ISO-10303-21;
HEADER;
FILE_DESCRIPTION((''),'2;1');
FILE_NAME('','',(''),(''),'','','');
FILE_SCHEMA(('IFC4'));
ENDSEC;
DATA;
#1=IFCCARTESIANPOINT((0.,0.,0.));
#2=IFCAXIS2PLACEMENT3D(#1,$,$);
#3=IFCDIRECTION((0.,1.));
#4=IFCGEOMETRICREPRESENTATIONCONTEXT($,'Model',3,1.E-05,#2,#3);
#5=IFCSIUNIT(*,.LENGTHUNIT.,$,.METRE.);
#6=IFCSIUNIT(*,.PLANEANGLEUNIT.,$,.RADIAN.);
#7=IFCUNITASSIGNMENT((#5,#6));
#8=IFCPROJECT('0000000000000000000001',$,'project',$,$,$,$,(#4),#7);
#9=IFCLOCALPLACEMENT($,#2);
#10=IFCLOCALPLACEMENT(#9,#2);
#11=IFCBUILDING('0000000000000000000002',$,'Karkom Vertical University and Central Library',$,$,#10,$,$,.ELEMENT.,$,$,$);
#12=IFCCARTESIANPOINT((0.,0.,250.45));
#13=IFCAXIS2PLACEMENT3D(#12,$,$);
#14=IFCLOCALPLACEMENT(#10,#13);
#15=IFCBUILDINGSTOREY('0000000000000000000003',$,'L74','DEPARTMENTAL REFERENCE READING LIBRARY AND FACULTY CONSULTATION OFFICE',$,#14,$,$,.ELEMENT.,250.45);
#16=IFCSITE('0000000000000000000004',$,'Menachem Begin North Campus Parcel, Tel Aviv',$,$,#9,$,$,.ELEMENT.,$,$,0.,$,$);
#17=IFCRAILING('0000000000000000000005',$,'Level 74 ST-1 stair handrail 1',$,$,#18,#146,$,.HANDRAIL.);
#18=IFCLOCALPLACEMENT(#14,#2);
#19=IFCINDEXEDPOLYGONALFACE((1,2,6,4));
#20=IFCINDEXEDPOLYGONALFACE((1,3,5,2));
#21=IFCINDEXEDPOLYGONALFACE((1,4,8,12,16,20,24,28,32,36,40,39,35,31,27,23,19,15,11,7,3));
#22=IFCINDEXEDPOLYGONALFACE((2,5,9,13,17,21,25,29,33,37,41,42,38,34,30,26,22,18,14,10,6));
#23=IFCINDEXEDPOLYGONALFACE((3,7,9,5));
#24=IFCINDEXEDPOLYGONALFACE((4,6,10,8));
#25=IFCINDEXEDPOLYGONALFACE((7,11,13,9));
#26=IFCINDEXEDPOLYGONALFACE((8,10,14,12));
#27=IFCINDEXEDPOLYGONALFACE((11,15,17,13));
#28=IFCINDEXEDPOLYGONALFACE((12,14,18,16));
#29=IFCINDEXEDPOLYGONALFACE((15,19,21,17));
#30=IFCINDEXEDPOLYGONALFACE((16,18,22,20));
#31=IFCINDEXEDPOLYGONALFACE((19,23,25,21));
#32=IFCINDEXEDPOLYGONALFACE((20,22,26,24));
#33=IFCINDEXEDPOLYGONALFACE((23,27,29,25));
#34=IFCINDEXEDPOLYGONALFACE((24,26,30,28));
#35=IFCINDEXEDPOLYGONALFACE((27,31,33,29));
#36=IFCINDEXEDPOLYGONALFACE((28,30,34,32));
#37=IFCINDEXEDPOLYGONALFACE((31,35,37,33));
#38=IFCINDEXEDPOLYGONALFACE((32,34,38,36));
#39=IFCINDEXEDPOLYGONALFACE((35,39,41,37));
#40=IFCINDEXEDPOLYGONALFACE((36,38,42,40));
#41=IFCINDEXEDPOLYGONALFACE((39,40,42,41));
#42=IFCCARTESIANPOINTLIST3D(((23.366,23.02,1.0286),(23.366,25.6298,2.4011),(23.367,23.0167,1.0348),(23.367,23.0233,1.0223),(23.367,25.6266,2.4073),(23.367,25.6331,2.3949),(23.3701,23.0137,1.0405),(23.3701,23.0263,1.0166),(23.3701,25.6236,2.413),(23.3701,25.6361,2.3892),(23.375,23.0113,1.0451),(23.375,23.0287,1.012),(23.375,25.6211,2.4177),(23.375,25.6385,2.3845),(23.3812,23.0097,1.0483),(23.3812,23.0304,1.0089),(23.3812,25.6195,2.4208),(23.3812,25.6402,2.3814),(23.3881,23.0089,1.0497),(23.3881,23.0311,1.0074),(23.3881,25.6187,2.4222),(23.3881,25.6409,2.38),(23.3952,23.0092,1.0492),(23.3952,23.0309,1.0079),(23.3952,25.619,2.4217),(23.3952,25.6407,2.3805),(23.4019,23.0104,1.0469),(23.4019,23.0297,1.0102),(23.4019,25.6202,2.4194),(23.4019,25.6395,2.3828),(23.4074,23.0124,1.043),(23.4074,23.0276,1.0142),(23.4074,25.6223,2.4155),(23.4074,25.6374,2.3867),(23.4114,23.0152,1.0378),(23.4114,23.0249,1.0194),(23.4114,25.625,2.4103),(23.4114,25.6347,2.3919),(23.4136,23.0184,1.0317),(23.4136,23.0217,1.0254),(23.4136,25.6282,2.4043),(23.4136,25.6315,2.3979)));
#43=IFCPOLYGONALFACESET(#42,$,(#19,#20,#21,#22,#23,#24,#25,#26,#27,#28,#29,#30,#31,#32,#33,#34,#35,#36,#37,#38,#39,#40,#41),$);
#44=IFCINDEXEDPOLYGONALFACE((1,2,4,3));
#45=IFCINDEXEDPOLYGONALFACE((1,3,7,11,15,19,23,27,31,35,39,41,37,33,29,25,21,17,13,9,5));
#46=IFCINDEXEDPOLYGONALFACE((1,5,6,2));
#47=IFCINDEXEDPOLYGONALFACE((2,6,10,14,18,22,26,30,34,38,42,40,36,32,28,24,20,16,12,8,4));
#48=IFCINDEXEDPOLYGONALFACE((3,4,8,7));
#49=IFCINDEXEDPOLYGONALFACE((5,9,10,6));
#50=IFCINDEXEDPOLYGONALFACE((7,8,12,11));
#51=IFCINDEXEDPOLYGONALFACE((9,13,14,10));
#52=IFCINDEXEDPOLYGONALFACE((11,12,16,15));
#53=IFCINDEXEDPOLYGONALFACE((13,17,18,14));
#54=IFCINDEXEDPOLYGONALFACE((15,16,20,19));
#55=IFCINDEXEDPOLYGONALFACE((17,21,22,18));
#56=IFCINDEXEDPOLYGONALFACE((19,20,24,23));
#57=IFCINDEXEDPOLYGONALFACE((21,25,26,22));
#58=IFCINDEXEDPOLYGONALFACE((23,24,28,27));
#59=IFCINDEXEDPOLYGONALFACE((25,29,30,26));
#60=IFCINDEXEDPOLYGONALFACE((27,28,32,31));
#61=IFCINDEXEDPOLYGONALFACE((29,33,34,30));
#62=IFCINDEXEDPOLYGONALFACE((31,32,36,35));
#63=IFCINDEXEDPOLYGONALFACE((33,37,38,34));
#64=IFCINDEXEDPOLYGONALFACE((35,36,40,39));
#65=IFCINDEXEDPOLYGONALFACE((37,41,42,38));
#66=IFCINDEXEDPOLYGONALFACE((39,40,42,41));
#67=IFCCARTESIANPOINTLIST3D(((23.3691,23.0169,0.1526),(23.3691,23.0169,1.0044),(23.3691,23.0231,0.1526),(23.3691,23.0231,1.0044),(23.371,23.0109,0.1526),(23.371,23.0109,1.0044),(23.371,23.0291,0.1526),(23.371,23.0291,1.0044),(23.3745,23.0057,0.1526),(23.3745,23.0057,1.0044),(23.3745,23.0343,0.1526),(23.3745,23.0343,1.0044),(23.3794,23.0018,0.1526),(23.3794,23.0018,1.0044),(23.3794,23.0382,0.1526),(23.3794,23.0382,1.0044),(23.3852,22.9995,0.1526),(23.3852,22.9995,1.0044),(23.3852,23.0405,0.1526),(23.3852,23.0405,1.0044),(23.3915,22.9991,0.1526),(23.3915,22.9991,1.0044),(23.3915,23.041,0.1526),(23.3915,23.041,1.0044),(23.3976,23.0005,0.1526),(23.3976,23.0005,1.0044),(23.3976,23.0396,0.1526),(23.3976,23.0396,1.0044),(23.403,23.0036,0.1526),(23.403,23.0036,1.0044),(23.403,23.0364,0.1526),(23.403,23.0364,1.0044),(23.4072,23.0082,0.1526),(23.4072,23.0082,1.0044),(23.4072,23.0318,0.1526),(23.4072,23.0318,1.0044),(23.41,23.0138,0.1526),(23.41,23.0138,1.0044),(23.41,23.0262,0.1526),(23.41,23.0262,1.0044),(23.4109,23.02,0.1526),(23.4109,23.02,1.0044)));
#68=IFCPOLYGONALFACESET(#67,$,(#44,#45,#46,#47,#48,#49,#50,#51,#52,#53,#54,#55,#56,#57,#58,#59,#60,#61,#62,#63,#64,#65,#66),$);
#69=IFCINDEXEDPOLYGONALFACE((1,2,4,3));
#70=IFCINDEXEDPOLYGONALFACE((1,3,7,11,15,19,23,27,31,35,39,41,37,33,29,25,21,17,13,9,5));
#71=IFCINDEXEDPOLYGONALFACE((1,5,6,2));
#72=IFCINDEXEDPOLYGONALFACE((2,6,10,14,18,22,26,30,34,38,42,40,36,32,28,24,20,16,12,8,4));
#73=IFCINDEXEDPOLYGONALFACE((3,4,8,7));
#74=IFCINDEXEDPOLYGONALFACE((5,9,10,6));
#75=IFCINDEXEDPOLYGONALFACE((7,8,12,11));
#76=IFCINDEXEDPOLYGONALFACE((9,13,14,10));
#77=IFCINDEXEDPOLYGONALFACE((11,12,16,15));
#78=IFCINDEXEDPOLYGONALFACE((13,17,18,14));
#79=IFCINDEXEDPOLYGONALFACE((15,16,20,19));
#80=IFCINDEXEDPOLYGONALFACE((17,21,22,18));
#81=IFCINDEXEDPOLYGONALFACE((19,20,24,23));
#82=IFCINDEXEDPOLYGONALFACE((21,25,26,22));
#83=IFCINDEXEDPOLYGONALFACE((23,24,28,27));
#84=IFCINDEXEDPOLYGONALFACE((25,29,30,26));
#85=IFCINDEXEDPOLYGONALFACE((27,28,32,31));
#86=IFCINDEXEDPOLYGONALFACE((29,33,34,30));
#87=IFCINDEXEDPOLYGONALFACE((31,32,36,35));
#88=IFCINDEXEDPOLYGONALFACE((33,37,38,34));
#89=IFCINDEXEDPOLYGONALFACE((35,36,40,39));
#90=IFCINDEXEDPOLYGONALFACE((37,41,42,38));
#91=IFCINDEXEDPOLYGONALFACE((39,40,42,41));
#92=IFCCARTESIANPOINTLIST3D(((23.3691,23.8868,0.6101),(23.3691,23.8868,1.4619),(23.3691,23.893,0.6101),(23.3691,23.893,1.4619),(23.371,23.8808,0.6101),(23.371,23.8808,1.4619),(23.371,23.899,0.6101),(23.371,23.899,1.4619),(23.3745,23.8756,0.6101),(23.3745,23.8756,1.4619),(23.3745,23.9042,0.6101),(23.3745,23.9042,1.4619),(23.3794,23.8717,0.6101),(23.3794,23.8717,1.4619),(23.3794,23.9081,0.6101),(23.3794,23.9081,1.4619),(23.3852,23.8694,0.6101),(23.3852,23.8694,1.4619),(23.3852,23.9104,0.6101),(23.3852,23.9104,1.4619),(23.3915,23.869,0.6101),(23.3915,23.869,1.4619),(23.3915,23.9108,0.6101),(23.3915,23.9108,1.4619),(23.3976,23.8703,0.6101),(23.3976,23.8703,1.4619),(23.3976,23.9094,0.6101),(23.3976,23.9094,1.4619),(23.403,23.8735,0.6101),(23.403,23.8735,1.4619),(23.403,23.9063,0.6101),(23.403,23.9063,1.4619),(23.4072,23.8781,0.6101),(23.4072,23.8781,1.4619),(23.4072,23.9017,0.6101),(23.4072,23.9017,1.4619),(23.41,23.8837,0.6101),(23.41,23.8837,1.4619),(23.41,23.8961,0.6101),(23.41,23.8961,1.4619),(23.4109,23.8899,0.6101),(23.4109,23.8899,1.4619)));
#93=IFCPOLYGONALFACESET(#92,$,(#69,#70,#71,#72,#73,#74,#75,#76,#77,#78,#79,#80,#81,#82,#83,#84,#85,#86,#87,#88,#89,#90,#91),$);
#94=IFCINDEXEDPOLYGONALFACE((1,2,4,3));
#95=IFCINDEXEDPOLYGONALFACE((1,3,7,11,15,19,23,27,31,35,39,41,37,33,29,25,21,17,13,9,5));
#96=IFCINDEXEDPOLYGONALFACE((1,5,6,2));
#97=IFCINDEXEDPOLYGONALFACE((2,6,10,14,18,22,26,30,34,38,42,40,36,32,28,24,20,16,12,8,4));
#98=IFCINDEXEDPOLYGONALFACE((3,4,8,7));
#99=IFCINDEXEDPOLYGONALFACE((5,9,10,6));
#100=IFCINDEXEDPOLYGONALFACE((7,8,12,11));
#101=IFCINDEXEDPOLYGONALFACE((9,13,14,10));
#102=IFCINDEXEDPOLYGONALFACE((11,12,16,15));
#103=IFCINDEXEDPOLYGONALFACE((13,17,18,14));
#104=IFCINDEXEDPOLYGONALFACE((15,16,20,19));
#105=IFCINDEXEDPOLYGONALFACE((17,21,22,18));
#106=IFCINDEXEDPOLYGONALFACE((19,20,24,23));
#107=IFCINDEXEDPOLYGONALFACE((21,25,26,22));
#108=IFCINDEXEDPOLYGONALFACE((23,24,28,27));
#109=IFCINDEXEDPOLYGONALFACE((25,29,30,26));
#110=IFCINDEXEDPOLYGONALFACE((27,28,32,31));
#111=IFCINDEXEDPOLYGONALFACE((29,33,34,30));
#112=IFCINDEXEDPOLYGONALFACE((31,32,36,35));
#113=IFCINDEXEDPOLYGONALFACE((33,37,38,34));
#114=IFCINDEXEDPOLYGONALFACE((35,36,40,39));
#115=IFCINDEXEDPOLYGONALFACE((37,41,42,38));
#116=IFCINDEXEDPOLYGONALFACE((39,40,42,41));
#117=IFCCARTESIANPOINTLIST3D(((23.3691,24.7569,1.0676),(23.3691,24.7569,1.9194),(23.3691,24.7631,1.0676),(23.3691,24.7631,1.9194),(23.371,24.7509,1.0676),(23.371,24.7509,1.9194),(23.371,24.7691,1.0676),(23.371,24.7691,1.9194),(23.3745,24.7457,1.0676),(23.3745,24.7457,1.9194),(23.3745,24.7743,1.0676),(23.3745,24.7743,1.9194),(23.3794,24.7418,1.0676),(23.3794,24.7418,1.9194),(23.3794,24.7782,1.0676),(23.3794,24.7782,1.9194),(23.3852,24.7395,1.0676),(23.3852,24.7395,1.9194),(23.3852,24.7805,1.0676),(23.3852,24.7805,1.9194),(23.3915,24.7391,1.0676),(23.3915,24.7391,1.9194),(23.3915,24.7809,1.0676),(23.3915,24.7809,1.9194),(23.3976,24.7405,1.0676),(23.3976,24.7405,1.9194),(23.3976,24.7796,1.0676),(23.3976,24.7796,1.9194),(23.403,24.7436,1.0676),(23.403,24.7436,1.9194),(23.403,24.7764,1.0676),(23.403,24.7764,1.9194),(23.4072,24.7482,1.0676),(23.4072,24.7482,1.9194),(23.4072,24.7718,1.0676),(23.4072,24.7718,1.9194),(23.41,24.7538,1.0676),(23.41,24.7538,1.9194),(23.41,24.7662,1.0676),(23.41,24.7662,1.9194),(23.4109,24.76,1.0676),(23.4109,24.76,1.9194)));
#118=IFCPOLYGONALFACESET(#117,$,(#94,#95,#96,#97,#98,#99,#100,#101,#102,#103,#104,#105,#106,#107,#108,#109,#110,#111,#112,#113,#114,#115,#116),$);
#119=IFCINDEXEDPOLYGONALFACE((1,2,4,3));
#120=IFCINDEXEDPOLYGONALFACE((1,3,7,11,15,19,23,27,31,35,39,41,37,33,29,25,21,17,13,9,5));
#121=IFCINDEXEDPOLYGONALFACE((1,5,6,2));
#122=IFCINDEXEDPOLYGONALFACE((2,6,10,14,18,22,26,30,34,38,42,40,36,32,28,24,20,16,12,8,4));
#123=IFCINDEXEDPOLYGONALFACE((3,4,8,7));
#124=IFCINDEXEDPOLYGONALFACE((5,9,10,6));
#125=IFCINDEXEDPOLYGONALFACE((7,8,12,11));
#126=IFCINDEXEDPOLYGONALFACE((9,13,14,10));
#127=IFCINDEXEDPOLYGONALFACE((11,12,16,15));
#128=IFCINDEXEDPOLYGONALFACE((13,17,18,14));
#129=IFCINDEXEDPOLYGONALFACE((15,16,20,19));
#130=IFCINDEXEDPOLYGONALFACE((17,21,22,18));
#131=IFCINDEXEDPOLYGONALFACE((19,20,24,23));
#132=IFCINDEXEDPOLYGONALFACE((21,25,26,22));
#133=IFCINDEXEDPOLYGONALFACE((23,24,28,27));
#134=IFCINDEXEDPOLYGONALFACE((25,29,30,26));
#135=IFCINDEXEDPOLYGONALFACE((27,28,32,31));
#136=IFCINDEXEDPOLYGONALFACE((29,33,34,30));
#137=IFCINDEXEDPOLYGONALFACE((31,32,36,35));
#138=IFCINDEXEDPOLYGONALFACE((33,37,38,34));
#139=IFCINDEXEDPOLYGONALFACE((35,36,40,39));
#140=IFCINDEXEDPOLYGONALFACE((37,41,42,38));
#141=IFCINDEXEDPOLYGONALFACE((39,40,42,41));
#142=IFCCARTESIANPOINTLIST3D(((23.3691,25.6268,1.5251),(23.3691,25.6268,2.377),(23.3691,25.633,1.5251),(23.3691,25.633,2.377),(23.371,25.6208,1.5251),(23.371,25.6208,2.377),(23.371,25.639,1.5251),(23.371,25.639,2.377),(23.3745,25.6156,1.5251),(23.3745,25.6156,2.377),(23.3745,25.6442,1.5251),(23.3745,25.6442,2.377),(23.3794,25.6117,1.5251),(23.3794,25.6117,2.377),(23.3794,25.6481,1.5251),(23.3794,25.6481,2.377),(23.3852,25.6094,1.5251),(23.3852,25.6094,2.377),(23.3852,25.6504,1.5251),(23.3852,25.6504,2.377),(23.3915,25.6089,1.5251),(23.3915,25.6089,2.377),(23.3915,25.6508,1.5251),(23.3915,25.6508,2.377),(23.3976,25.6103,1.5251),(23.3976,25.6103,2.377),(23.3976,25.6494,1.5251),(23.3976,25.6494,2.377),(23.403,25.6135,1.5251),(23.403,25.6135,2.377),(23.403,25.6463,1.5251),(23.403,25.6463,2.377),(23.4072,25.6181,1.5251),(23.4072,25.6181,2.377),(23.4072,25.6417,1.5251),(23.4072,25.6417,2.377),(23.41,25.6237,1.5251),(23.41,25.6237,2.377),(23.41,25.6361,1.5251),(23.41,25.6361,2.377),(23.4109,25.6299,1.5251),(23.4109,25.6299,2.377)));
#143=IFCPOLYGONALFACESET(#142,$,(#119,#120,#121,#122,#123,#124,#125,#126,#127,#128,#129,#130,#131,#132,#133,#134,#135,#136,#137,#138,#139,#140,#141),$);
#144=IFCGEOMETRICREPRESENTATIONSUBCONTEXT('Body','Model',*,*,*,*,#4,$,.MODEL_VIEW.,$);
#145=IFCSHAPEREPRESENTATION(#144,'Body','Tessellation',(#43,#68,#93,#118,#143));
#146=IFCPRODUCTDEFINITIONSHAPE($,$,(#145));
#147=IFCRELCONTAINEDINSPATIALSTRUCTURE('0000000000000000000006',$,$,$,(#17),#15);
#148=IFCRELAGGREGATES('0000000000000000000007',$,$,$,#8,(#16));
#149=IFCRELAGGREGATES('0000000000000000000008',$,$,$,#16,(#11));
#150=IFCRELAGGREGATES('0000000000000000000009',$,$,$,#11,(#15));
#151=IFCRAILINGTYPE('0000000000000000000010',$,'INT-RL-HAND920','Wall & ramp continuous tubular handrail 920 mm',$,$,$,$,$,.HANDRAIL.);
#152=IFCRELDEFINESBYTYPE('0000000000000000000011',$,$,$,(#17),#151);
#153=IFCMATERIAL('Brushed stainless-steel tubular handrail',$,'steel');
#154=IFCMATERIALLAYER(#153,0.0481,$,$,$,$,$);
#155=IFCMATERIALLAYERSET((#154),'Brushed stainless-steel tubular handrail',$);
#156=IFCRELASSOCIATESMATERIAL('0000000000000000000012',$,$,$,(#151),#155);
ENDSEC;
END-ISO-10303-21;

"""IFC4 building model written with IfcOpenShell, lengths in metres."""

from ifc_helpers import new_model, si_unit, direction, frame, origin, origin_2d, place, context, subcontext, project, spatial, circle, extrude, material, layer, layer_set, type_object, element, save


model = new_model("IFC4")

# Units and contexts
model_context = context("Model", 3, precision=1e-05, world=origin(), true_north=direction((0.0, 1.0)))
body_context = subcontext(model_context, "Body", "Model", "MODEL_VIEW")
ifc_project = project(units=[si_unit("LENGTHUNIT", "METRE"), si_unit("PLANEANGLEUNIT", "RADIAN")], contexts=[model_context])

# Site, building, storey
site_placement = place(None, origin())
site = spatial("IfcSite", under=ifc_project, at=site_placement, Name="Menachem Begin North Campus Parcel, Tel Aviv", CompositionType="ELEMENT", RefElevation=0.0)
building_placement = place(site_placement, origin())
building = spatial("IfcBuilding", under=site, at=building_placement, Name="Karkom Vertical University and Central Library", CompositionType="ELEMENT")
storey_placement = place(building_placement, frame((0.0, 0.0, 250.45)))
storey = spatial("IfcBuildingStorey", under=building, at=storey_placement, Name="L74", Description="DEPARTMENTAL REFERENCE READING LIBRARY AND FACULTY CONSULTATION OFFICE", CompositionType="ELEMENT", Elevation=250.45)

# Railing
ifc_material_1 = material(Name="Brushed stainless-steel tubular handrail", Category="steel")
ifc_layer_1 = layer(ifc_material_1, 0.0481)
ifc_layer_set_1 = layer_set([ifc_layer_1], Name="Brushed stainless-steel tubular handrail")
railing_type_1 = type_object("IfcRailingType", Name="INT-RL-HAND920", Description="Wall & ramp continuous tubular handrail 920 mm", PredefinedType="HANDRAIL", material=ifc_layer_set_1)
railing_1_placement = place(storey_placement, frame((23.3899, 23.02, 0.1526)))
element("IfcRailing", 1, at=railing_1_placement, inside=storey, type_object=railing_type_1, Name="Level 74 ST-1 stair handrail 1", PredefinedType="HANDRAIL", context=body_context, shape_type="SweptSolid", body=[
    extrude(circle(Radius=0.0239, at=origin_2d()), frame((0.0, 0.0, 0.876), z_axis=(0.0, 0.885065, 0.465467), x_axis=(-1.0, 0.0, 0.0)), (0.0, 0.0, 1.0), 2.9487),
    extrude(circle(Radius=0.021, at=origin_2d()), origin(), (0.0, 0.0, 1.0), 0.8518),
    extrude(circle(Radius=0.021, at=origin_2d()), frame((0.0, 0.8699, 0.4575)), (0.0, 0.0, 1.0), 0.8518),
    extrude(circle(Radius=0.021, at=origin_2d()), frame((0.0, 1.74, 0.915)), (0.0, 0.0, 1.0), 0.8518),
    extrude(circle(Radius=0.021, at=origin_2d()), frame((0.0, 2.6099, 1.3726)), (0.0, 0.0, 1.0), 0.8518),
])

save(model, "model.ifc")
